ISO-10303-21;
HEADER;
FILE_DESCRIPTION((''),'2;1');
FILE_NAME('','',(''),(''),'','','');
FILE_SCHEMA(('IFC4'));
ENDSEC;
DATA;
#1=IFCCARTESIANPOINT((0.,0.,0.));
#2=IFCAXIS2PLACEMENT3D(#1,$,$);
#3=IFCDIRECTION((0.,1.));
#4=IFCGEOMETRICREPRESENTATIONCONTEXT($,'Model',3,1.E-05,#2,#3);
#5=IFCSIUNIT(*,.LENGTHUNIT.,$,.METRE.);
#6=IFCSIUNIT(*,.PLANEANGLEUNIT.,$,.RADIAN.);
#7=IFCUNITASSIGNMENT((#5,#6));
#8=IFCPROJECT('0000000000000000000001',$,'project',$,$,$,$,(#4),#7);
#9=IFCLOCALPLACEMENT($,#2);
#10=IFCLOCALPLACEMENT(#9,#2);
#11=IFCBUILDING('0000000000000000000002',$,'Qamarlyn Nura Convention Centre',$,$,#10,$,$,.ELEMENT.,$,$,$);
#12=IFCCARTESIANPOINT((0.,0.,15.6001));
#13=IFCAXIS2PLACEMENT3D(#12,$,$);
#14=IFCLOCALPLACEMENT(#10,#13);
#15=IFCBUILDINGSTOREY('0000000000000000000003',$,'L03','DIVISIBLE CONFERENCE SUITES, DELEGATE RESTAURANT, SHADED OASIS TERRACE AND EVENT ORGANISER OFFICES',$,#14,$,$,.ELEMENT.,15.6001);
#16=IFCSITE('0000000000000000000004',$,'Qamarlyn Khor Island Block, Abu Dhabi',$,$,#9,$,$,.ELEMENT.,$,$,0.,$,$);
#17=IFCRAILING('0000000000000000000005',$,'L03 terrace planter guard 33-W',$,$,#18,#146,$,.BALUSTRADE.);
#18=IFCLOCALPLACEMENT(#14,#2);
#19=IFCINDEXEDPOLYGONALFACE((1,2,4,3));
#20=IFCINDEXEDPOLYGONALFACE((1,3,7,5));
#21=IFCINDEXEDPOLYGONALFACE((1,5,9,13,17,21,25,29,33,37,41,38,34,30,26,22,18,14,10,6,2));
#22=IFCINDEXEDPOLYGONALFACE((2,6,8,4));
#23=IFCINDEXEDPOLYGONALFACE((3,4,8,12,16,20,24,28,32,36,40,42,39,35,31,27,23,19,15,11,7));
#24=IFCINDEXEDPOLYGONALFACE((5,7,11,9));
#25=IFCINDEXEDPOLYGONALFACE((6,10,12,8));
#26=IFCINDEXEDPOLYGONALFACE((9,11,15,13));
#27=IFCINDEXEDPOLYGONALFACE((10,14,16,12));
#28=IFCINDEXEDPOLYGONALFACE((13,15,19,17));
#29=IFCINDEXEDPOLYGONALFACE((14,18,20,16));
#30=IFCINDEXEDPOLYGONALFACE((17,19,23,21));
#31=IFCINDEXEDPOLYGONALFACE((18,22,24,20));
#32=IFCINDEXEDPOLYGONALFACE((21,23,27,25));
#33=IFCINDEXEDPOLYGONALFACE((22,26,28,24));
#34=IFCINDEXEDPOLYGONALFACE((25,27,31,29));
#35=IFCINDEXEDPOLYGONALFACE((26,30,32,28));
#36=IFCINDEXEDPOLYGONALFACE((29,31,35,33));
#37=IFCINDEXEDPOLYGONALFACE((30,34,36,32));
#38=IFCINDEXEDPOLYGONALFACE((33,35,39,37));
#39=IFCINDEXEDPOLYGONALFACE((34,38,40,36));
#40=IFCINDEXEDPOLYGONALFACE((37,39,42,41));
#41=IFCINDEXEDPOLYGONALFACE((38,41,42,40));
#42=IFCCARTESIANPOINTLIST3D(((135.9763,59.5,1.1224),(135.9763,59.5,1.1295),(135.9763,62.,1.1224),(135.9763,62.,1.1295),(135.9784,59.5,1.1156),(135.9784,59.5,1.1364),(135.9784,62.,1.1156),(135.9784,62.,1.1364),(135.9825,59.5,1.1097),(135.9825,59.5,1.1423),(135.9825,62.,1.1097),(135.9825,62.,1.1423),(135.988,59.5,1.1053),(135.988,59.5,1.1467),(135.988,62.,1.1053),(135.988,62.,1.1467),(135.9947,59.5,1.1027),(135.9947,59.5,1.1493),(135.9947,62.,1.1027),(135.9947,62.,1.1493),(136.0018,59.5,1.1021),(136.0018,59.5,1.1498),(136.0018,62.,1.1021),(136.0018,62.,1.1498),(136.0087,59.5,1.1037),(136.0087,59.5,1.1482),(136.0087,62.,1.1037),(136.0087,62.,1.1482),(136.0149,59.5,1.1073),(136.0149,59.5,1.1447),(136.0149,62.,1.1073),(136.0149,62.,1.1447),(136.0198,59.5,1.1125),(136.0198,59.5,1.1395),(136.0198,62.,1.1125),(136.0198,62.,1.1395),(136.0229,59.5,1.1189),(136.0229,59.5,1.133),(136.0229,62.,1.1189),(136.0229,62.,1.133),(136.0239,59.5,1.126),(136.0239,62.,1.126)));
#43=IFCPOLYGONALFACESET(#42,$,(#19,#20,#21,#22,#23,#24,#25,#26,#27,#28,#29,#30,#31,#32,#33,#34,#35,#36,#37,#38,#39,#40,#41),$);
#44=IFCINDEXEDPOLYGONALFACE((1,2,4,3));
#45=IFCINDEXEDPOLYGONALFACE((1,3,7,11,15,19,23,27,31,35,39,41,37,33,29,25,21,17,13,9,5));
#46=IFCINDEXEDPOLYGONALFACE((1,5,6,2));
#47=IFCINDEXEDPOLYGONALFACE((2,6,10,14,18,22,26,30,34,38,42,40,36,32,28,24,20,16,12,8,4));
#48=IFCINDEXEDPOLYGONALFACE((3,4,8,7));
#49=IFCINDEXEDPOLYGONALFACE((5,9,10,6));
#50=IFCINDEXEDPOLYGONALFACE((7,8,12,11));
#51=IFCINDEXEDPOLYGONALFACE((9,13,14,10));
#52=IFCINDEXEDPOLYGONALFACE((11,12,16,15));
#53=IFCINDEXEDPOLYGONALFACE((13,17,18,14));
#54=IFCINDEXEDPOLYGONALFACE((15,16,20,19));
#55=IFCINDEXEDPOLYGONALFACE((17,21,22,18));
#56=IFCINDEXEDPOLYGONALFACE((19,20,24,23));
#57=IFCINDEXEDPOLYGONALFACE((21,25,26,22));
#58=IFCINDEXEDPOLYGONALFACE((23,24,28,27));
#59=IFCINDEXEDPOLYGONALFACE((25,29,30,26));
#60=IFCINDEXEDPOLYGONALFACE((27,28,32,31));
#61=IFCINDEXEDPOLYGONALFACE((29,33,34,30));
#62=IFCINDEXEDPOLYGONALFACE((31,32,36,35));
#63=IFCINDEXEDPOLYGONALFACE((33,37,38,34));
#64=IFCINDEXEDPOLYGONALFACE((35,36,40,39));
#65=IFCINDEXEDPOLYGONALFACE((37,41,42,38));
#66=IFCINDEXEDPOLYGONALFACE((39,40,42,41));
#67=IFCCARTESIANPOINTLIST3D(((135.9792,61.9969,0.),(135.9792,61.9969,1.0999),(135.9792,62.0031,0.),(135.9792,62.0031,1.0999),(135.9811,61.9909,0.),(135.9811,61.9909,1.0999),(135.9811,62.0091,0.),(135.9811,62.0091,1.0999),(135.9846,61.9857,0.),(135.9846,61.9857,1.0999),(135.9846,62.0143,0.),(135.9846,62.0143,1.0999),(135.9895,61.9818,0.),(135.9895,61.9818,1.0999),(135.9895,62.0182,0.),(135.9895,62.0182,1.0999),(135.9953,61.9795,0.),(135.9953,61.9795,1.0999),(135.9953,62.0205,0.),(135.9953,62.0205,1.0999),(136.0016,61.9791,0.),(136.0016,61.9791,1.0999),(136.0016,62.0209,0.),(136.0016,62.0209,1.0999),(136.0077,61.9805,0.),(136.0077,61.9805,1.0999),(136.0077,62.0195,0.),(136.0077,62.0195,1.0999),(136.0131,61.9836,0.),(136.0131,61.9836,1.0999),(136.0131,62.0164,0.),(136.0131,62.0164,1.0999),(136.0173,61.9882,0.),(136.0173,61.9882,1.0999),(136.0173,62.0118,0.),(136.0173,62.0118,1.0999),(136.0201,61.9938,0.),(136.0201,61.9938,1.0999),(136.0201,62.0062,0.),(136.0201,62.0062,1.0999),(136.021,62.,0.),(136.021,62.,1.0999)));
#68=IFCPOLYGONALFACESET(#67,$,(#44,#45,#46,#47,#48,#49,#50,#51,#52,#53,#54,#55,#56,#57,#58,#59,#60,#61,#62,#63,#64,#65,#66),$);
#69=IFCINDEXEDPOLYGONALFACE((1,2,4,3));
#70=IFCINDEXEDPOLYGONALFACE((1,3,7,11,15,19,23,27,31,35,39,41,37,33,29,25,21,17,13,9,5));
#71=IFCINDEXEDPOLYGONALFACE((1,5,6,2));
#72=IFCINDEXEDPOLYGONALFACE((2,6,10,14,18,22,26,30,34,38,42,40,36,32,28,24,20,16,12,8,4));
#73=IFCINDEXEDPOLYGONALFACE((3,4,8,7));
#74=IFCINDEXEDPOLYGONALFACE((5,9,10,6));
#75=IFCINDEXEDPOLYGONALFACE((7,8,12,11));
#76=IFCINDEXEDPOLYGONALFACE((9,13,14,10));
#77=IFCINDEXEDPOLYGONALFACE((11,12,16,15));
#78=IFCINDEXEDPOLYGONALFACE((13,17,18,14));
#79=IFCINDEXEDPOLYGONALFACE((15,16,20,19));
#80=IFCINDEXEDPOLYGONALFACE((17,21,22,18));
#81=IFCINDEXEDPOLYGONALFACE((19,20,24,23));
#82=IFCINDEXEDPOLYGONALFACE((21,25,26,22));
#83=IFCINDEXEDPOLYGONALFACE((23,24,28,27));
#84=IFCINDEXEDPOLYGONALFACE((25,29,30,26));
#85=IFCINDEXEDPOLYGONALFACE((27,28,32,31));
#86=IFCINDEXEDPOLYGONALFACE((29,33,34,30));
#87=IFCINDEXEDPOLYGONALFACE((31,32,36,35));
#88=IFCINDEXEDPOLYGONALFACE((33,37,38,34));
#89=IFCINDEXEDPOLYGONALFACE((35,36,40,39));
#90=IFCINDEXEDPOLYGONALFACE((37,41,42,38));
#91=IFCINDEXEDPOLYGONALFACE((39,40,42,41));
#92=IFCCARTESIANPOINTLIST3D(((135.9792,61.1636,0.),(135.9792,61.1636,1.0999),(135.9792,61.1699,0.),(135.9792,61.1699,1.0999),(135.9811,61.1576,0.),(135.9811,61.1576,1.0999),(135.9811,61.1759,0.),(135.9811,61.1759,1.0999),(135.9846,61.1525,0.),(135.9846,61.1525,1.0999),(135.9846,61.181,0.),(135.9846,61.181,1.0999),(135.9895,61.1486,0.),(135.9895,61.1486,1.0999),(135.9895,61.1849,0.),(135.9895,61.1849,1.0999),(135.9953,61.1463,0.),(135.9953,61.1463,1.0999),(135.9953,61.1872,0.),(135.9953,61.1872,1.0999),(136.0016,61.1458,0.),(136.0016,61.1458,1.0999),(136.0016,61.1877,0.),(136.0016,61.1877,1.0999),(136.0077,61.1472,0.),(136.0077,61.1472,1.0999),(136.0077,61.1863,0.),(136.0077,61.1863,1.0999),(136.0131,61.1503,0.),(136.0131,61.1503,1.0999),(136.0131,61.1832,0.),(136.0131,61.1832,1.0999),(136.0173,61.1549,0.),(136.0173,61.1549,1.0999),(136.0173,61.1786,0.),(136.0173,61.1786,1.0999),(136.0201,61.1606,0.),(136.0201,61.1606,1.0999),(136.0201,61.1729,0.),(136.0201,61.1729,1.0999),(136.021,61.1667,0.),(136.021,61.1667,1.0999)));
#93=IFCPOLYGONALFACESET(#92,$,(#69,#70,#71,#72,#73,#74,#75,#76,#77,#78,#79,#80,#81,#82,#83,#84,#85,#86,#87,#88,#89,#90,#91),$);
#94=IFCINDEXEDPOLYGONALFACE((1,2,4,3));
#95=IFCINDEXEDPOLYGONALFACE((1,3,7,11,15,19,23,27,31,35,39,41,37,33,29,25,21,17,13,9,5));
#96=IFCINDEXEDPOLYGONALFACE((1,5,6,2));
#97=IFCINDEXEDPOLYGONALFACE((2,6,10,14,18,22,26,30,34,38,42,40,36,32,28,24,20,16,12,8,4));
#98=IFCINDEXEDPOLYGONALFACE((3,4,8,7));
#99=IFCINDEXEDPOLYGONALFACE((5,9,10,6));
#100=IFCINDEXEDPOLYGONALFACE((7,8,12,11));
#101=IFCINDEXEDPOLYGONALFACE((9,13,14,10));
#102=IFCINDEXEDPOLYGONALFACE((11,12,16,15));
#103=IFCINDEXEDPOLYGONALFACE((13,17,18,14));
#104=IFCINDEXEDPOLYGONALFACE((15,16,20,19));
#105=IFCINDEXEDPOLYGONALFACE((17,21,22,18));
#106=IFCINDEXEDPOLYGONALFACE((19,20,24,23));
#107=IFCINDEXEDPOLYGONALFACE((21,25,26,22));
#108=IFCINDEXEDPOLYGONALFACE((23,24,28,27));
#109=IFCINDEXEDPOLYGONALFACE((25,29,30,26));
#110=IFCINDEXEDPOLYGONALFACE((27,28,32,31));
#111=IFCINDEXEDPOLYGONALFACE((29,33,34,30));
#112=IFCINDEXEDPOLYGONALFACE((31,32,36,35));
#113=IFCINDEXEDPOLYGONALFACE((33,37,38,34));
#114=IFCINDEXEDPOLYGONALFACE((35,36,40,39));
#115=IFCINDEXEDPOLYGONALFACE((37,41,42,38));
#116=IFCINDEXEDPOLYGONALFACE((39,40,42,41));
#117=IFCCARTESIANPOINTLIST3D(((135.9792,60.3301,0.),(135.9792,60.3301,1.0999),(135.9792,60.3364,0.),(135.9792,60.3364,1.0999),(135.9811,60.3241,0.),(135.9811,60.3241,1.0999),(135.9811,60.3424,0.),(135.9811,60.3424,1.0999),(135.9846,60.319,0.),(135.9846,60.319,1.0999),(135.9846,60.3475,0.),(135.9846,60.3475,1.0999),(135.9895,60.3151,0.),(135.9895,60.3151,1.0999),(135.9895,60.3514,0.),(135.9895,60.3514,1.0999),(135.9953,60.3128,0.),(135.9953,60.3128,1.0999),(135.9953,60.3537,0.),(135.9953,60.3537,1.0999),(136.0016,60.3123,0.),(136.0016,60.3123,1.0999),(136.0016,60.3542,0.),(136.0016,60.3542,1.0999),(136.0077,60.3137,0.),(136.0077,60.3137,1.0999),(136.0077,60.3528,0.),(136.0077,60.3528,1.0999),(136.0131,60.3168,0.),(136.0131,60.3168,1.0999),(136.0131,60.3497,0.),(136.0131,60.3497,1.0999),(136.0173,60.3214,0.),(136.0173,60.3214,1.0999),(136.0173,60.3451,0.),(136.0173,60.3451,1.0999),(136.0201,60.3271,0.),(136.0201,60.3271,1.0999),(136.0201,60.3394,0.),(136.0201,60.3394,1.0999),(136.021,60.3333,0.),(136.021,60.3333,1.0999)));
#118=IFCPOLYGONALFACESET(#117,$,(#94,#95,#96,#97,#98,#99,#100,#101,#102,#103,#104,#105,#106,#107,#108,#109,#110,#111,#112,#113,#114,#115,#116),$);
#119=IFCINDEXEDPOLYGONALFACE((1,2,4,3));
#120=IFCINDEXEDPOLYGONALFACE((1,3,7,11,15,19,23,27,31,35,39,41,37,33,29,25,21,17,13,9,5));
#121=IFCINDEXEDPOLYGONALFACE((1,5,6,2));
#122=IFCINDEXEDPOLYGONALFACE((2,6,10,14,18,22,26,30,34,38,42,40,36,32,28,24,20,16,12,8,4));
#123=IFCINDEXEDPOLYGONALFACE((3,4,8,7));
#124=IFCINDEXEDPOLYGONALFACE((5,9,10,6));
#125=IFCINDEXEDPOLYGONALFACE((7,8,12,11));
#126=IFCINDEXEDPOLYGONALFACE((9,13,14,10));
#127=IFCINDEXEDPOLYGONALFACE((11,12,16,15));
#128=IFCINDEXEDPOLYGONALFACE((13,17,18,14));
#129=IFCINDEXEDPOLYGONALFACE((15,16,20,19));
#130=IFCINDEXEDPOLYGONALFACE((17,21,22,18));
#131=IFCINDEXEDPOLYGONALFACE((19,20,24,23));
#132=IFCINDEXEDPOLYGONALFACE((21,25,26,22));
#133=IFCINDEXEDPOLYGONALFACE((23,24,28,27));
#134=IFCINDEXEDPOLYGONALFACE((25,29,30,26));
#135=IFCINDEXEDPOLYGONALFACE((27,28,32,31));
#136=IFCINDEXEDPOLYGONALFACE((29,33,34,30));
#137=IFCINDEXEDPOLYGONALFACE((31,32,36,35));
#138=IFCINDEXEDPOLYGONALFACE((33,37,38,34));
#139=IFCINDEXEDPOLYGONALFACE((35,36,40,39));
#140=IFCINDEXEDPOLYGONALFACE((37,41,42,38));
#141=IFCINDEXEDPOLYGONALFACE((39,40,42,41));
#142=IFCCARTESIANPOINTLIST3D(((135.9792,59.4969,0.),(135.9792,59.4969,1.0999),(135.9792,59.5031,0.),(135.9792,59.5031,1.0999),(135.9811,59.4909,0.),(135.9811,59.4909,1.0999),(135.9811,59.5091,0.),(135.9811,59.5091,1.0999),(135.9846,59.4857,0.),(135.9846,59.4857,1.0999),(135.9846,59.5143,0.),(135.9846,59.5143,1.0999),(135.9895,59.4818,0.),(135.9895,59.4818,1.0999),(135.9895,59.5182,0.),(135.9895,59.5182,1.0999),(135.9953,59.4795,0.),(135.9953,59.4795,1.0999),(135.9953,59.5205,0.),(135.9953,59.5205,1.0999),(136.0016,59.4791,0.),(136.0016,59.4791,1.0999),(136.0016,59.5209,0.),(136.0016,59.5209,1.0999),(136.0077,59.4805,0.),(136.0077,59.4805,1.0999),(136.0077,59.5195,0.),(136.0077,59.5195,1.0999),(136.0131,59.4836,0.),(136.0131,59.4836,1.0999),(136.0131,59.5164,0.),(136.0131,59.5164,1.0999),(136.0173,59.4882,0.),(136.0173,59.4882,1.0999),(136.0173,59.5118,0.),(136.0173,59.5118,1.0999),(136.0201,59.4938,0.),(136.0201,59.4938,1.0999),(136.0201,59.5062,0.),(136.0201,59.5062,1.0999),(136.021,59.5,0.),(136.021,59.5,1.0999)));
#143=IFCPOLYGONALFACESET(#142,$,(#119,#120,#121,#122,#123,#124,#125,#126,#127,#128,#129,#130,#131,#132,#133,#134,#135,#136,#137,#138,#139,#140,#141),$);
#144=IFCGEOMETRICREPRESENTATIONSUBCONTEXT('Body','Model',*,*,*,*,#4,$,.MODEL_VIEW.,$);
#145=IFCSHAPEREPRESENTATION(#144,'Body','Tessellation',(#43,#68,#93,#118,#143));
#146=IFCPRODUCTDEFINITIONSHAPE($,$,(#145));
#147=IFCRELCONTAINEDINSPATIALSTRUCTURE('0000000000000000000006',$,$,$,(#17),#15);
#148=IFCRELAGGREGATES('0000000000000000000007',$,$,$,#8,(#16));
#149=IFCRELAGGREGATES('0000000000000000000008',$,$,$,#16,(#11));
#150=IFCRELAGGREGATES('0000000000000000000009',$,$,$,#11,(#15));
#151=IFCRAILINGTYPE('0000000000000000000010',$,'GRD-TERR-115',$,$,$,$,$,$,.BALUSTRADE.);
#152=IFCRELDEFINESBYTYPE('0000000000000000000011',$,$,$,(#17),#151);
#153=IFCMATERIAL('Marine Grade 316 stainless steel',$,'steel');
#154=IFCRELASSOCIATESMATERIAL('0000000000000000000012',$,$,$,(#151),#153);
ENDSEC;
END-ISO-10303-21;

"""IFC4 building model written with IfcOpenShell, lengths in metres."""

from ifc_helpers import new_model, si_unit, direction, frame, origin, origin_2d, place, context, subcontext, project, spatial, circle, extrude, material, type_object, element, save


model = new_model("IFC4")

# Units and contexts
model_context = context("Model", 3, precision=1e-05, world=origin(), true_north=direction((0.0, 1.0)))
body_context = subcontext(model_context, "Body", "Model", "MODEL_VIEW")
ifc_project = project(units=[si_unit("LENGTHUNIT", "METRE"), si_unit("PLANEANGLEUNIT", "RADIAN")], contexts=[model_context])

# Site, building, storey
site_placement = place(None, origin())
site = spatial("IfcSite", under=ifc_project, at=site_placement, Name="Qamarlyn Khor Island Block, Abu Dhabi", CompositionType="ELEMENT", RefElevation=0.0)
building_placement = place(site_placement, origin())
building = spatial("IfcBuilding", under=site, at=building_placement, Name="Qamarlyn Nura Convention Centre", CompositionType="ELEMENT")
storey_placement = place(building_placement, frame((0.0, 0.0, 15.6001)))
storey = spatial("IfcBuildingStorey", under=building, at=storey_placement, Name="L03", Description="DIVISIBLE CONFERENCE SUITES, DELEGATE RESTAURANT, SHADED OASIS TERRACE AND EVENT ORGANISER OFFICES", CompositionType="ELEMENT", Elevation=15.6001)

# Railing
ifc_material_1 = material(Name="Marine Grade 316 stainless steel", Category="steel")
railing_type_1 = type_object("IfcRailingType", Name="GRD-TERR-115", PredefinedType="BALUSTRADE", material=ifc_material_1)
railing_1_placement = place(storey_placement, frame((136.0, 62.0, 0.0)))
element("IfcRailing", 1, at=railing_1_placement, inside=storey, type_object=railing_type_1, Name="L03 terrace planter guard 33-W", PredefinedType="BALUSTRADE", context=body_context, shape_type="SweptSolid", body=[
    extrude(circle(Radius=0.0239, at=origin_2d()), frame((0.0, 0.0, 1.126), z_axis=(0.0, -1.0, 0.0), x_axis=(1.0, 0.0, 0.0)), (0.0, 0.0, 1.0), 2.5),
    extrude(circle(Radius=0.021, at=origin_2d()), origin(), (0.0, 0.0, 1.0), 1.0999),
    extrude(circle(Radius=0.021, at=origin_2d()), frame((0.0, -0.8333, 0.0)), (0.0, 0.0, 1.0), 1.0999),
    extrude(circle(Radius=0.021, at=origin_2d()), frame((0.0, -1.6667, 0.0)), (0.0, 0.0, 1.0), 1.0999),
    extrude(circle(Radius=0.021, at=origin_2d()), frame((0.0, -2.5, 0.0)), (0.0, 0.0, 1.0), 1.0999),
])

save(model, "model.ifc")
